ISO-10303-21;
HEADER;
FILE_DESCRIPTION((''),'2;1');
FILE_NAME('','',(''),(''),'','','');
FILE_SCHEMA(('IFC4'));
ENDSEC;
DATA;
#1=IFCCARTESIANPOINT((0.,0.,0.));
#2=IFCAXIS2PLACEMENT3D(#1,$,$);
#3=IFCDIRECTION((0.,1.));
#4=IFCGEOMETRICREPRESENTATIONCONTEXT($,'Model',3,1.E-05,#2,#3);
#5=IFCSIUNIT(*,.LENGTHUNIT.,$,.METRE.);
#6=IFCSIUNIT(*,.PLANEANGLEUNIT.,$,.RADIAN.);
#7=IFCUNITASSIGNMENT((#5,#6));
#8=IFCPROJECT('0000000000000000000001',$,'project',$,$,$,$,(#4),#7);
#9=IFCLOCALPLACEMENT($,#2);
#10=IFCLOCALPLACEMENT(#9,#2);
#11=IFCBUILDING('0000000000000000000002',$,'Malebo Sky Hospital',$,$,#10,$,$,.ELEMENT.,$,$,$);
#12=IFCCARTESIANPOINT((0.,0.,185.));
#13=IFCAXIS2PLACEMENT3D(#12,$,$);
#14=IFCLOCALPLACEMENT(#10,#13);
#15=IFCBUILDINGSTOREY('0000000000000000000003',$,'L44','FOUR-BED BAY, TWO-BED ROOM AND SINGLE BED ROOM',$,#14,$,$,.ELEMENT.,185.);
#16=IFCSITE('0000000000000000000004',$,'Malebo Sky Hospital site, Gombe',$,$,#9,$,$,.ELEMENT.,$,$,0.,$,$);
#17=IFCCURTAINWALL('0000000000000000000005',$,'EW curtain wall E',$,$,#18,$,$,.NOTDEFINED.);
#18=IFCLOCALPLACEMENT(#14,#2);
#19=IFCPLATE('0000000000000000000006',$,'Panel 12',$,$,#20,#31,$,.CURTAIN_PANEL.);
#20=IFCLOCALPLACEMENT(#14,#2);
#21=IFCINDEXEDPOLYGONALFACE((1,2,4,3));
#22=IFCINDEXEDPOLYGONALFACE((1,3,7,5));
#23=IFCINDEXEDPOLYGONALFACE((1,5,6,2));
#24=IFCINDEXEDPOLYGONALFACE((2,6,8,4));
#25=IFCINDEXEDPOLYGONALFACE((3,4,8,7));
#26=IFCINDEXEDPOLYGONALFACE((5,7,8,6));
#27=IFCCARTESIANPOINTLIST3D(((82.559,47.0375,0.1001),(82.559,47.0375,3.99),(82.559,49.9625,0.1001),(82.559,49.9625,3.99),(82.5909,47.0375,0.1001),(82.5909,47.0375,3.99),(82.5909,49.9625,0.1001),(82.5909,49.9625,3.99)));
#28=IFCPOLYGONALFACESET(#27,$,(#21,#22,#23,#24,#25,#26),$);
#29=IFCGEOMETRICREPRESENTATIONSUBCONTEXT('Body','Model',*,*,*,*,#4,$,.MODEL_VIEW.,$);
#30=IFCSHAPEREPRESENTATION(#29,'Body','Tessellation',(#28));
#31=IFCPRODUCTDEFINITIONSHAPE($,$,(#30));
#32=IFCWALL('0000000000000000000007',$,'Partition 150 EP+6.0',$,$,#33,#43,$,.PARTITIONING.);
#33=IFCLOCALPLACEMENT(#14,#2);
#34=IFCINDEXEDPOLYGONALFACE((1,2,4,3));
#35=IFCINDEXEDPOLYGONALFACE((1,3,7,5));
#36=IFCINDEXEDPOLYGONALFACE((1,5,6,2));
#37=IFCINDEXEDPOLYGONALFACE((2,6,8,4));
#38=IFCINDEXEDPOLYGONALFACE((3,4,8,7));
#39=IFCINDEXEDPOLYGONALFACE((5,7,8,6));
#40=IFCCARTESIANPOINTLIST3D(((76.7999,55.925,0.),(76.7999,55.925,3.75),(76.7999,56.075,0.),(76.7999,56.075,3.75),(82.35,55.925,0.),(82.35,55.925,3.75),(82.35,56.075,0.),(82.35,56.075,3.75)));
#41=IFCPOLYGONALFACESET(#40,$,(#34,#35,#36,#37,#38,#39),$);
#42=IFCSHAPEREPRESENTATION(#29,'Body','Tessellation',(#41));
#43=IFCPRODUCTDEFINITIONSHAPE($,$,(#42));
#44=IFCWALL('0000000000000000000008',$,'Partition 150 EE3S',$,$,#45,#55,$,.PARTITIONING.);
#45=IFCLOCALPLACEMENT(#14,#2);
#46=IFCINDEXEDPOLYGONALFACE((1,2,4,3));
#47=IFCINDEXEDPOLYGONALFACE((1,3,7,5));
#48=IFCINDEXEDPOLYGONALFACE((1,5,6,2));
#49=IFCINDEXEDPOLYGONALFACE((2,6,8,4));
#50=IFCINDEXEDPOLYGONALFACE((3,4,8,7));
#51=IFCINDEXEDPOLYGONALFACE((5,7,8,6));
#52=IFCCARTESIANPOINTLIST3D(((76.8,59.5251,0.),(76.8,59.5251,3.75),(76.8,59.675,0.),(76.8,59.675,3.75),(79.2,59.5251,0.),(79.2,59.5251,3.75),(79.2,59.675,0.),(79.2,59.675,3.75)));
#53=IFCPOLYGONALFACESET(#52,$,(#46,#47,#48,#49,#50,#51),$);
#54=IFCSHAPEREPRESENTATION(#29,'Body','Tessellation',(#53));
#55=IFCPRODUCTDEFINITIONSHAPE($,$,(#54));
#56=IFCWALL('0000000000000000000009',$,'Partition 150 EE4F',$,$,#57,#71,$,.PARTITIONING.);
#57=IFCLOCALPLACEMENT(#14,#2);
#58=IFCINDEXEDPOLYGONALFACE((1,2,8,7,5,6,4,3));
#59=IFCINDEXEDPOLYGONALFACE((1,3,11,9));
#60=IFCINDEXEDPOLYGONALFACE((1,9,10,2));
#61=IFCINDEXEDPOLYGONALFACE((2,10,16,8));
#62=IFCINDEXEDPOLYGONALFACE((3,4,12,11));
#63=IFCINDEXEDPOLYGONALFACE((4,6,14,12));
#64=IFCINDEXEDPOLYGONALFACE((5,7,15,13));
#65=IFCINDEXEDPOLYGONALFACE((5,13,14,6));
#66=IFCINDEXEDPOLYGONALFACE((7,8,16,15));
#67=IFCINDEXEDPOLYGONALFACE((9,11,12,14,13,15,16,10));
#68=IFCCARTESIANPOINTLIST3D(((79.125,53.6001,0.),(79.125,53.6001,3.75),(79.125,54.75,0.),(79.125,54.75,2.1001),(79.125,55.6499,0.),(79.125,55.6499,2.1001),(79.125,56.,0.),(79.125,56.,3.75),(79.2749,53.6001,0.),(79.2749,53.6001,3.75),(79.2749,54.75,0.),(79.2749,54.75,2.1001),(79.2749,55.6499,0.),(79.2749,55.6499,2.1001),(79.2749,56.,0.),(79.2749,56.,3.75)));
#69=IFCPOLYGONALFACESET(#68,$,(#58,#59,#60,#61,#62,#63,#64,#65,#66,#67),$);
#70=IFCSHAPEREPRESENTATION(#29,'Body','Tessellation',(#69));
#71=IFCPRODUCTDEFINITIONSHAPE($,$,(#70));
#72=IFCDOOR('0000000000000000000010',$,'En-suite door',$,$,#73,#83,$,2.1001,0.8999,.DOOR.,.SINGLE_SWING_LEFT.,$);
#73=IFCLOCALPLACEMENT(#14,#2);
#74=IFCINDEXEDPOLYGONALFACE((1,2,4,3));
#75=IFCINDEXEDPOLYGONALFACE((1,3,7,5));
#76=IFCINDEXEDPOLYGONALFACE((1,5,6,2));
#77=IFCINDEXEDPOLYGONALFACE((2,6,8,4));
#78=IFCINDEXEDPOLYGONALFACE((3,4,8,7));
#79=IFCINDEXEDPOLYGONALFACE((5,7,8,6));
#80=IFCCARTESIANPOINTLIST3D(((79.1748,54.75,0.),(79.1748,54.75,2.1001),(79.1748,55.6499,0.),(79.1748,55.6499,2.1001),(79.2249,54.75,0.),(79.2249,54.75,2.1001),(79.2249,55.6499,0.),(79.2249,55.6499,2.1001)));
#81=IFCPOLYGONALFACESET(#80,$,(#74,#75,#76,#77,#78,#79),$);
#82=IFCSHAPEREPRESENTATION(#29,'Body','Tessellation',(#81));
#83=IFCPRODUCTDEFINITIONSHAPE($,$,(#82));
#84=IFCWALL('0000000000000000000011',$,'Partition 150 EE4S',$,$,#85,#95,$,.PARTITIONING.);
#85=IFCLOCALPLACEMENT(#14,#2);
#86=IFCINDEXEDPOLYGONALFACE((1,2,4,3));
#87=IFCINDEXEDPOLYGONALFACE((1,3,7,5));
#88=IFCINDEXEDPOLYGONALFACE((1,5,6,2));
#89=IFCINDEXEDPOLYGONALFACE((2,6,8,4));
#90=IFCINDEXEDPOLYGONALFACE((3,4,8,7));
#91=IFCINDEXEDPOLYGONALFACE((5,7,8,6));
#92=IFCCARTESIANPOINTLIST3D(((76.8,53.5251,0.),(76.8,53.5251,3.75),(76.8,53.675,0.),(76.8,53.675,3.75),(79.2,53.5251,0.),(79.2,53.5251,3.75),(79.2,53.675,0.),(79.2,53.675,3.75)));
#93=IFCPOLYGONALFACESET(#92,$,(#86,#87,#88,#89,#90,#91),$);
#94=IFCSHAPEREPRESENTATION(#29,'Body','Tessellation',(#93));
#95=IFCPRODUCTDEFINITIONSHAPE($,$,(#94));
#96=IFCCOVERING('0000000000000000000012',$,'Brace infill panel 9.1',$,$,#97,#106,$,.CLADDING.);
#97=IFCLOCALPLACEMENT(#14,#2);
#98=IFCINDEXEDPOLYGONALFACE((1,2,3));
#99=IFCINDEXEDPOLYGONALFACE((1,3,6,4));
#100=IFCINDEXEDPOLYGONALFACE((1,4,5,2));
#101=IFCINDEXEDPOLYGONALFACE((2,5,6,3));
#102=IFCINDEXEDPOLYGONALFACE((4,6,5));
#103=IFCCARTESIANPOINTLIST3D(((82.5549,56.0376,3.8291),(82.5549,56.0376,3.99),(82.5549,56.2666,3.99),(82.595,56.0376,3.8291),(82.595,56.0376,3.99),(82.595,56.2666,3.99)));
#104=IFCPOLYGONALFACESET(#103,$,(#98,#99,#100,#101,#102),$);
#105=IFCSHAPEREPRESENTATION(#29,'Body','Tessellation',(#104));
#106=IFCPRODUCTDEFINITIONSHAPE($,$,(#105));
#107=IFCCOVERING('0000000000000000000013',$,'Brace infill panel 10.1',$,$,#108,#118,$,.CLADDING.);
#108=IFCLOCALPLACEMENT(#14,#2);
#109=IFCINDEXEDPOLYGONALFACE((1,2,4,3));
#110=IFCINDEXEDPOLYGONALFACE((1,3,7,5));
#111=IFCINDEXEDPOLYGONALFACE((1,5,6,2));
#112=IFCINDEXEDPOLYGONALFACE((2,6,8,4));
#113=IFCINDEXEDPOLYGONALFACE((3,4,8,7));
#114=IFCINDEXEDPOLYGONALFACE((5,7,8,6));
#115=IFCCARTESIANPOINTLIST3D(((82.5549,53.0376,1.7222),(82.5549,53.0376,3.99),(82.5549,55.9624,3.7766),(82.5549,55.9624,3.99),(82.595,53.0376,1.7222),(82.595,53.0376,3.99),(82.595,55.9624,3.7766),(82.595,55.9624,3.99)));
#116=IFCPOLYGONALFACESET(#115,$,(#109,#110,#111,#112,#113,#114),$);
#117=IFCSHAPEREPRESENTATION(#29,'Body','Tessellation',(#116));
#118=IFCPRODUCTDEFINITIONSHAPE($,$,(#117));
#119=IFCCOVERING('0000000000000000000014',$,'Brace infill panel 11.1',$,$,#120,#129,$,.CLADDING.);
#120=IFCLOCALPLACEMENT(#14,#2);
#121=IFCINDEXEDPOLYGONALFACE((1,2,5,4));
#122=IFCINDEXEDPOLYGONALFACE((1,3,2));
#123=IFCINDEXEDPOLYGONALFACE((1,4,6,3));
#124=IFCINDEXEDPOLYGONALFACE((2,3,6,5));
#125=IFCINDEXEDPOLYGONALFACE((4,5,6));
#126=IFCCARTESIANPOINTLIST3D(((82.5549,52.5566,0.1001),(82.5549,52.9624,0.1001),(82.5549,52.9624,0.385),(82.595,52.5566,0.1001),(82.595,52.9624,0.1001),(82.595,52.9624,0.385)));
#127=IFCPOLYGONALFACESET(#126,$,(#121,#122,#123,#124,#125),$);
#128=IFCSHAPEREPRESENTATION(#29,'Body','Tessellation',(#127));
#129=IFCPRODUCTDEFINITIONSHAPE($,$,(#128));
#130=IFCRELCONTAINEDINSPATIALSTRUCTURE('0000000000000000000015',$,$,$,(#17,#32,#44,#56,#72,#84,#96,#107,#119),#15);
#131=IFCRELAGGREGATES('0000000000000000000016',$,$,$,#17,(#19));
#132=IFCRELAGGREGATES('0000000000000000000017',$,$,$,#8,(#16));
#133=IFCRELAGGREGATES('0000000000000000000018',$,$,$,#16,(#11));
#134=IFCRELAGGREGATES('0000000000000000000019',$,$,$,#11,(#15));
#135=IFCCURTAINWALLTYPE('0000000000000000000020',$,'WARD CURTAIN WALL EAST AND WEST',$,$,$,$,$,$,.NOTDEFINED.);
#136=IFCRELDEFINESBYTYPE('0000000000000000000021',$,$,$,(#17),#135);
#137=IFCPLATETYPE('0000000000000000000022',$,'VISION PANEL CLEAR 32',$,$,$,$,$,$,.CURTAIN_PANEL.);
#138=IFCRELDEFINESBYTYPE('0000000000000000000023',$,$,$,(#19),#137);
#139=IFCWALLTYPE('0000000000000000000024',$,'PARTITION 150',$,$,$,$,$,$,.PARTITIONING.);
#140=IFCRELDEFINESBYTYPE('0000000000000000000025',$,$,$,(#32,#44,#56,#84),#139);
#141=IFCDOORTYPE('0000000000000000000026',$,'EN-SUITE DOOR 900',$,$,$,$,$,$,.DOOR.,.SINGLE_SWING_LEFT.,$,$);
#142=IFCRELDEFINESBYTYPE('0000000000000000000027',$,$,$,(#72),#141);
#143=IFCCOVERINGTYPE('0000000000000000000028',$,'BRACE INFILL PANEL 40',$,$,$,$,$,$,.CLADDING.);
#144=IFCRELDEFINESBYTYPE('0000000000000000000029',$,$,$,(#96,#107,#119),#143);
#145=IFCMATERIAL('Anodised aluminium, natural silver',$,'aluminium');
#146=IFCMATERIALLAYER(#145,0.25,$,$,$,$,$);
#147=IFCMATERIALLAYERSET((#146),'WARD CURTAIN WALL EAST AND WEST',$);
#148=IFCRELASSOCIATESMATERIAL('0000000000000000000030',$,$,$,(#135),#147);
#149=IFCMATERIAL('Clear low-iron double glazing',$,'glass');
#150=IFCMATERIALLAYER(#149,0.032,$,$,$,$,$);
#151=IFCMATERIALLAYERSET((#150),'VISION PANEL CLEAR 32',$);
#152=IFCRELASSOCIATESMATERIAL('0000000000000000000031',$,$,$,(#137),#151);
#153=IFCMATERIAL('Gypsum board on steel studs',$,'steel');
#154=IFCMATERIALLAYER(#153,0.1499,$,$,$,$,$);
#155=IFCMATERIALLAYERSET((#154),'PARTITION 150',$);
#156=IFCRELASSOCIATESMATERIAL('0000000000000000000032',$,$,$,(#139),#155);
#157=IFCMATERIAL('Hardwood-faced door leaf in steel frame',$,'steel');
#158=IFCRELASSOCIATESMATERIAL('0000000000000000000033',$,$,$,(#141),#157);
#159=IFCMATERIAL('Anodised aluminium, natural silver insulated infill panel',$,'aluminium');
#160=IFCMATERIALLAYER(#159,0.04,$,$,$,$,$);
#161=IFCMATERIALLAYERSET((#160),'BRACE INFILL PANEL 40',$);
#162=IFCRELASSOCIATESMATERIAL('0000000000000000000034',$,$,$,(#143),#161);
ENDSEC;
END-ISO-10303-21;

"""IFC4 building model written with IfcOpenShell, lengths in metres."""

from ifc_helpers import new_model, si_unit, direction, frame, frame_2d, origin, origin_2d, place, context, subcontext, project, spatial, polyline, rectangle, outline, extrude, material, layer, layer_set, type_object, element, fill, aggregate, save


model = new_model("IFC4")

# Units and contexts
model_context = context("Model", 3, precision=1e-05, world=origin(), true_north=direction((0.0, 1.0)))
body_context = subcontext(model_context, "Body", "Model", "MODEL_VIEW")
ifc_project = project(units=[si_unit("LENGTHUNIT", "METRE"), si_unit("PLANEANGLEUNIT", "RADIAN")], contexts=[model_context])

# Site, building, storey
site_placement = place(None, origin())
site = spatial("IfcSite", under=ifc_project, at=site_placement, Name="Malebo Sky Hospital site, Gombe", CompositionType="ELEMENT", RefElevation=0.0)
building_placement = place(site_placement, origin())
building = spatial("IfcBuilding", under=site, at=building_placement, Name="Malebo Sky Hospital", CompositionType="ELEMENT")
storey_placement = place(building_placement, frame((0.0, 0.0, 185.0)))
storey = spatial("IfcBuildingStorey", under=building, at=storey_placement, Name="L44", Description="FOUR-BED BAY, TWO-BED ROOM AND SINGLE BED ROOM", CompositionType="ELEMENT", Elevation=185.0)

# Curtain wall
ifc_material_1 = material(Name="Anodised aluminium, natural silver", Category="aluminium")
ifc_layer_1 = layer(ifc_material_1, 0.25)
ifc_layer_set_1 = layer_set([ifc_layer_1], Name="WARD CURTAIN WALL EAST AND WEST")
curtain_wall_type = type_object("IfcCurtainWallType", Name="WARD CURTAIN WALL EAST AND WEST", PredefinedType="NOTDEFINED", material=ifc_layer_set_1)
curtain_wall_placement = place(storey_placement, origin())
curtain_wall = element("IfcCurtainWall", 1, at=curtain_wall_placement, inside=storey, type_object=curtain_wall_type, Name="EW curtain wall E", PredefinedType="NOTDEFINED")

# Plate
ifc_material_2 = material(Name="Clear low-iron double glazing", Category="glass")
ifc_layer_2 = layer(ifc_material_2, 0.032)
ifc_layer_set_2 = layer_set([ifc_layer_2], Name="VISION PANEL CLEAR 32")
plate_type = type_object("IfcPlateType", Name="VISION PANEL CLEAR 32", PredefinedType="CURTAIN_PANEL", material=ifc_layer_set_2)
plate_1_placement = place(storey_placement, frame((82.575, 48.5, 0.1001), z_axis=(0.0, 0.0, 1.0), x_axis=(0.0, -1.0, 0.0)))
plate_1 = element("IfcPlate", 2, at=plate_1_placement, type_object=plate_type, Name="Panel 12", PredefinedType="CURTAIN_PANEL", context=body_context, shape_type="SweptSolid", body=[
    extrude(rectangle(XDim=2.925, YDim=0.032, at=origin_2d()), origin(), (0.0, 0.0, 1.0), 3.8899),
])
aggregate(curtain_wall, [plate_1])

# Walls
ifc_material_3 = material(Name="Gypsum board on steel studs", Category="steel")
ifc_layer_3 = layer(ifc_material_3, 0.1499)
ifc_layer_set_3 = layer_set([ifc_layer_3], Name="PARTITION 150")
wall_type = type_object("IfcWallType", Name="PARTITION 150", PredefinedType="PARTITIONING", material=ifc_layer_set_3)
wall_1_placement = place(storey_placement, frame((76.8, 56.0, 0.0), z_axis=(0.0, 0.0, 1.0), x_axis=(1.0, 0.0, 0.0)))
element("IfcWall", 3, at=wall_1_placement, inside=storey, type_object=wall_type, Name="Partition 150 EP+6.0", PredefinedType="PARTITIONING", context=body_context, shape_type="SweptSolid", body=[
    extrude(rectangle(XDim=5.55, YDim=0.1499, at=frame_2d((2.7749, 0.0))), origin(), (0.0, 0.0, 1.0), 3.75),
])
wall_2_placement = place(storey_placement, frame((76.8, 59.6001, 0.0), z_axis=(0.0, 0.0, 1.0), x_axis=(1.0, 0.0, 0.0)))
element("IfcWall", 4, at=wall_2_placement, inside=storey, type_object=wall_type, Name="Partition 150 EE3S", PredefinedType="PARTITIONING", context=body_context, shape_type="SweptSolid", body=[
    extrude(rectangle(XDim=2.3999, YDim=0.1499, at=frame_2d((1.2, 0.0))), origin(), (0.0, 0.0, 1.0), 3.75),
])

# Wall, opening, door
wall_3_placement = place(storey_placement, frame((79.2, 56.0, 0.0), z_axis=(0.0, 0.0, 1.0), x_axis=(0.0, -1.0, 0.0)))
wall_3 = element("IfcWall", 5, at=wall_3_placement, inside=storey, type_object=wall_type, Name="Partition 150 EE4F", PredefinedType="PARTITIONING", context=body_context, shape_type="SweptSolid", body=[
    extrude(rectangle(XDim=2.3999, YDim=0.1499, at=frame_2d((1.2, 0.0))), origin(), (0.0, 0.0, 1.0), 3.75),
])
opening_placement = place(wall_3_placement, frame((0.3501, 0.0, 0.0)))
opening = element("IfcOpeningElement", 6, at=opening_placement, cuts=wall_3, PredefinedType="OPENING", context=body_context, shape_type="SweptSolid", body=[
    extrude(rectangle(XDim=0.8999, YDim=2.1001, at=frame_2d((0.45, 1.05))), frame((0.0, 0.085, 0.0), z_axis=(0.0, -1.0, 0.0), x_axis=(1.0, 0.0, 0.0)), (0.0, 0.0, 1.0), 0.1699),
])
ifc_material_4 = material(Name="Hardwood-faced door leaf in steel frame", Category="steel")
door_type = type_object("IfcDoorType", Name="EN-SUITE DOOR 900", OperationType="SINGLE_SWING_LEFT", PredefinedType="DOOR", material=ifc_material_4)
door_placement = place(opening_placement, origin())
door = element("IfcDoor", 7, at=door_placement, inside=storey, type_object=door_type, Name="En-suite door", OperationType="SINGLE_SWING_LEFT", OverallHeight=2.1001, OverallWidth=0.8999, PredefinedType="DOOR", context=body_context, shape_type="SweptSolid", body=[
    extrude(rectangle(XDim=0.8999, YDim=2.1001, at=frame_2d((0.45, 1.05))), frame((0.0, 0.0249, 0.0), z_axis=(0.0, -1.0, 0.0), x_axis=(1.0, 0.0, 0.0)), (0.0, 0.0, 1.0), 0.05),
])
fill(opening, door)

# Wall
wall_4_placement = place(storey_placement, frame((76.8, 53.6001, 0.0), z_axis=(0.0, 0.0, 1.0), x_axis=(1.0, 0.0, 0.0)))
element("IfcWall", 8, at=wall_4_placement, inside=storey, type_object=wall_type, Name="Partition 150 EE4S", PredefinedType="PARTITIONING", context=body_context, shape_type="SweptSolid", body=[
    extrude(rectangle(XDim=2.3999, YDim=0.1499, at=frame_2d((1.2, 0.0))), origin(), (0.0, 0.0, 1.0), 3.75),
])

# Coverings
ifc_material_5 = material(Name="Anodised aluminium, natural silver insulated infill panel", Category="aluminium")
ifc_layer_4 = layer(ifc_material_5, 0.04)
ifc_layer_set_4 = layer_set([ifc_layer_4], Name="BRACE INFILL PANEL 40")
covering_type = type_object("IfcCoveringType", Name="BRACE INFILL PANEL 40", PredefinedType="CLADDING", material=ifc_layer_set_4)
covering_1_placement = place(storey_placement, frame((82.575, 56.1521, 3.8291), z_axis=(0.0, 0.0, 1.0), x_axis=(0.0, -1.0, 0.0)))
element("IfcCovering", 9, at=covering_1_placement, inside=storey, type_object=covering_type, Name="Brace infill panel 9.1", PredefinedType="CLADDING", context=body_context, shape_type="SweptSolid", body=[
    extrude(outline(polyline([(0.1145, 0.0), (0.1145, 0.1609), (-0.1145, 0.1609), (0.1145, 0.0)])), frame((0.0, 0.02, 0.0), z_axis=(0.0, -1.0, 0.0), x_axis=(1.0, 0.0, 0.0)), (0.0, 0.0, 1.0), 0.04),
])
covering_2_placement = place(storey_placement, frame((82.575, 54.5, 1.7222), z_axis=(0.0, 0.0, 1.0), x_axis=(0.0, -1.0, 0.0)))
element("IfcCovering", 10, at=covering_2_placement, inside=storey, type_object=covering_type, Name="Brace infill panel 10.1", PredefinedType="CLADDING", context=body_context, shape_type="SweptSolid", body=[
    extrude(outline(polyline([(1.4624, 0.0), (1.4624, 2.2678), (-1.4624, 2.2678), (-1.4624, 2.0544), (1.4624, 0.0)])), frame((0.0, 0.02, 0.0), z_axis=(0.0, -1.0, 0.0), x_axis=(1.0, 0.0, 0.0)), (0.0, 0.0, 1.0), 0.04),
])
covering_3_placement = place(storey_placement, frame((82.575, 52.7595, 0.1001), z_axis=(0.0, 0.0, 1.0), x_axis=(0.0, -1.0, 0.0)))
element("IfcCovering", 11, at=covering_3_placement, inside=storey, type_object=covering_type, Name="Brace infill panel 11.1", PredefinedType="CLADDING", context=body_context, shape_type="SweptSolid", body=[
    extrude(outline(polyline([(-0.2029, 0.0), (0.2029, 0.0), (-0.2029, 0.2849), (-0.2029, 0.0)])), frame((0.0, 0.02, 0.0), z_axis=(0.0, -1.0, 0.0), x_axis=(1.0, 0.0, 0.0)), (0.0, 0.0, 1.0), 0.04),
])

save(model, "model.ifc")
